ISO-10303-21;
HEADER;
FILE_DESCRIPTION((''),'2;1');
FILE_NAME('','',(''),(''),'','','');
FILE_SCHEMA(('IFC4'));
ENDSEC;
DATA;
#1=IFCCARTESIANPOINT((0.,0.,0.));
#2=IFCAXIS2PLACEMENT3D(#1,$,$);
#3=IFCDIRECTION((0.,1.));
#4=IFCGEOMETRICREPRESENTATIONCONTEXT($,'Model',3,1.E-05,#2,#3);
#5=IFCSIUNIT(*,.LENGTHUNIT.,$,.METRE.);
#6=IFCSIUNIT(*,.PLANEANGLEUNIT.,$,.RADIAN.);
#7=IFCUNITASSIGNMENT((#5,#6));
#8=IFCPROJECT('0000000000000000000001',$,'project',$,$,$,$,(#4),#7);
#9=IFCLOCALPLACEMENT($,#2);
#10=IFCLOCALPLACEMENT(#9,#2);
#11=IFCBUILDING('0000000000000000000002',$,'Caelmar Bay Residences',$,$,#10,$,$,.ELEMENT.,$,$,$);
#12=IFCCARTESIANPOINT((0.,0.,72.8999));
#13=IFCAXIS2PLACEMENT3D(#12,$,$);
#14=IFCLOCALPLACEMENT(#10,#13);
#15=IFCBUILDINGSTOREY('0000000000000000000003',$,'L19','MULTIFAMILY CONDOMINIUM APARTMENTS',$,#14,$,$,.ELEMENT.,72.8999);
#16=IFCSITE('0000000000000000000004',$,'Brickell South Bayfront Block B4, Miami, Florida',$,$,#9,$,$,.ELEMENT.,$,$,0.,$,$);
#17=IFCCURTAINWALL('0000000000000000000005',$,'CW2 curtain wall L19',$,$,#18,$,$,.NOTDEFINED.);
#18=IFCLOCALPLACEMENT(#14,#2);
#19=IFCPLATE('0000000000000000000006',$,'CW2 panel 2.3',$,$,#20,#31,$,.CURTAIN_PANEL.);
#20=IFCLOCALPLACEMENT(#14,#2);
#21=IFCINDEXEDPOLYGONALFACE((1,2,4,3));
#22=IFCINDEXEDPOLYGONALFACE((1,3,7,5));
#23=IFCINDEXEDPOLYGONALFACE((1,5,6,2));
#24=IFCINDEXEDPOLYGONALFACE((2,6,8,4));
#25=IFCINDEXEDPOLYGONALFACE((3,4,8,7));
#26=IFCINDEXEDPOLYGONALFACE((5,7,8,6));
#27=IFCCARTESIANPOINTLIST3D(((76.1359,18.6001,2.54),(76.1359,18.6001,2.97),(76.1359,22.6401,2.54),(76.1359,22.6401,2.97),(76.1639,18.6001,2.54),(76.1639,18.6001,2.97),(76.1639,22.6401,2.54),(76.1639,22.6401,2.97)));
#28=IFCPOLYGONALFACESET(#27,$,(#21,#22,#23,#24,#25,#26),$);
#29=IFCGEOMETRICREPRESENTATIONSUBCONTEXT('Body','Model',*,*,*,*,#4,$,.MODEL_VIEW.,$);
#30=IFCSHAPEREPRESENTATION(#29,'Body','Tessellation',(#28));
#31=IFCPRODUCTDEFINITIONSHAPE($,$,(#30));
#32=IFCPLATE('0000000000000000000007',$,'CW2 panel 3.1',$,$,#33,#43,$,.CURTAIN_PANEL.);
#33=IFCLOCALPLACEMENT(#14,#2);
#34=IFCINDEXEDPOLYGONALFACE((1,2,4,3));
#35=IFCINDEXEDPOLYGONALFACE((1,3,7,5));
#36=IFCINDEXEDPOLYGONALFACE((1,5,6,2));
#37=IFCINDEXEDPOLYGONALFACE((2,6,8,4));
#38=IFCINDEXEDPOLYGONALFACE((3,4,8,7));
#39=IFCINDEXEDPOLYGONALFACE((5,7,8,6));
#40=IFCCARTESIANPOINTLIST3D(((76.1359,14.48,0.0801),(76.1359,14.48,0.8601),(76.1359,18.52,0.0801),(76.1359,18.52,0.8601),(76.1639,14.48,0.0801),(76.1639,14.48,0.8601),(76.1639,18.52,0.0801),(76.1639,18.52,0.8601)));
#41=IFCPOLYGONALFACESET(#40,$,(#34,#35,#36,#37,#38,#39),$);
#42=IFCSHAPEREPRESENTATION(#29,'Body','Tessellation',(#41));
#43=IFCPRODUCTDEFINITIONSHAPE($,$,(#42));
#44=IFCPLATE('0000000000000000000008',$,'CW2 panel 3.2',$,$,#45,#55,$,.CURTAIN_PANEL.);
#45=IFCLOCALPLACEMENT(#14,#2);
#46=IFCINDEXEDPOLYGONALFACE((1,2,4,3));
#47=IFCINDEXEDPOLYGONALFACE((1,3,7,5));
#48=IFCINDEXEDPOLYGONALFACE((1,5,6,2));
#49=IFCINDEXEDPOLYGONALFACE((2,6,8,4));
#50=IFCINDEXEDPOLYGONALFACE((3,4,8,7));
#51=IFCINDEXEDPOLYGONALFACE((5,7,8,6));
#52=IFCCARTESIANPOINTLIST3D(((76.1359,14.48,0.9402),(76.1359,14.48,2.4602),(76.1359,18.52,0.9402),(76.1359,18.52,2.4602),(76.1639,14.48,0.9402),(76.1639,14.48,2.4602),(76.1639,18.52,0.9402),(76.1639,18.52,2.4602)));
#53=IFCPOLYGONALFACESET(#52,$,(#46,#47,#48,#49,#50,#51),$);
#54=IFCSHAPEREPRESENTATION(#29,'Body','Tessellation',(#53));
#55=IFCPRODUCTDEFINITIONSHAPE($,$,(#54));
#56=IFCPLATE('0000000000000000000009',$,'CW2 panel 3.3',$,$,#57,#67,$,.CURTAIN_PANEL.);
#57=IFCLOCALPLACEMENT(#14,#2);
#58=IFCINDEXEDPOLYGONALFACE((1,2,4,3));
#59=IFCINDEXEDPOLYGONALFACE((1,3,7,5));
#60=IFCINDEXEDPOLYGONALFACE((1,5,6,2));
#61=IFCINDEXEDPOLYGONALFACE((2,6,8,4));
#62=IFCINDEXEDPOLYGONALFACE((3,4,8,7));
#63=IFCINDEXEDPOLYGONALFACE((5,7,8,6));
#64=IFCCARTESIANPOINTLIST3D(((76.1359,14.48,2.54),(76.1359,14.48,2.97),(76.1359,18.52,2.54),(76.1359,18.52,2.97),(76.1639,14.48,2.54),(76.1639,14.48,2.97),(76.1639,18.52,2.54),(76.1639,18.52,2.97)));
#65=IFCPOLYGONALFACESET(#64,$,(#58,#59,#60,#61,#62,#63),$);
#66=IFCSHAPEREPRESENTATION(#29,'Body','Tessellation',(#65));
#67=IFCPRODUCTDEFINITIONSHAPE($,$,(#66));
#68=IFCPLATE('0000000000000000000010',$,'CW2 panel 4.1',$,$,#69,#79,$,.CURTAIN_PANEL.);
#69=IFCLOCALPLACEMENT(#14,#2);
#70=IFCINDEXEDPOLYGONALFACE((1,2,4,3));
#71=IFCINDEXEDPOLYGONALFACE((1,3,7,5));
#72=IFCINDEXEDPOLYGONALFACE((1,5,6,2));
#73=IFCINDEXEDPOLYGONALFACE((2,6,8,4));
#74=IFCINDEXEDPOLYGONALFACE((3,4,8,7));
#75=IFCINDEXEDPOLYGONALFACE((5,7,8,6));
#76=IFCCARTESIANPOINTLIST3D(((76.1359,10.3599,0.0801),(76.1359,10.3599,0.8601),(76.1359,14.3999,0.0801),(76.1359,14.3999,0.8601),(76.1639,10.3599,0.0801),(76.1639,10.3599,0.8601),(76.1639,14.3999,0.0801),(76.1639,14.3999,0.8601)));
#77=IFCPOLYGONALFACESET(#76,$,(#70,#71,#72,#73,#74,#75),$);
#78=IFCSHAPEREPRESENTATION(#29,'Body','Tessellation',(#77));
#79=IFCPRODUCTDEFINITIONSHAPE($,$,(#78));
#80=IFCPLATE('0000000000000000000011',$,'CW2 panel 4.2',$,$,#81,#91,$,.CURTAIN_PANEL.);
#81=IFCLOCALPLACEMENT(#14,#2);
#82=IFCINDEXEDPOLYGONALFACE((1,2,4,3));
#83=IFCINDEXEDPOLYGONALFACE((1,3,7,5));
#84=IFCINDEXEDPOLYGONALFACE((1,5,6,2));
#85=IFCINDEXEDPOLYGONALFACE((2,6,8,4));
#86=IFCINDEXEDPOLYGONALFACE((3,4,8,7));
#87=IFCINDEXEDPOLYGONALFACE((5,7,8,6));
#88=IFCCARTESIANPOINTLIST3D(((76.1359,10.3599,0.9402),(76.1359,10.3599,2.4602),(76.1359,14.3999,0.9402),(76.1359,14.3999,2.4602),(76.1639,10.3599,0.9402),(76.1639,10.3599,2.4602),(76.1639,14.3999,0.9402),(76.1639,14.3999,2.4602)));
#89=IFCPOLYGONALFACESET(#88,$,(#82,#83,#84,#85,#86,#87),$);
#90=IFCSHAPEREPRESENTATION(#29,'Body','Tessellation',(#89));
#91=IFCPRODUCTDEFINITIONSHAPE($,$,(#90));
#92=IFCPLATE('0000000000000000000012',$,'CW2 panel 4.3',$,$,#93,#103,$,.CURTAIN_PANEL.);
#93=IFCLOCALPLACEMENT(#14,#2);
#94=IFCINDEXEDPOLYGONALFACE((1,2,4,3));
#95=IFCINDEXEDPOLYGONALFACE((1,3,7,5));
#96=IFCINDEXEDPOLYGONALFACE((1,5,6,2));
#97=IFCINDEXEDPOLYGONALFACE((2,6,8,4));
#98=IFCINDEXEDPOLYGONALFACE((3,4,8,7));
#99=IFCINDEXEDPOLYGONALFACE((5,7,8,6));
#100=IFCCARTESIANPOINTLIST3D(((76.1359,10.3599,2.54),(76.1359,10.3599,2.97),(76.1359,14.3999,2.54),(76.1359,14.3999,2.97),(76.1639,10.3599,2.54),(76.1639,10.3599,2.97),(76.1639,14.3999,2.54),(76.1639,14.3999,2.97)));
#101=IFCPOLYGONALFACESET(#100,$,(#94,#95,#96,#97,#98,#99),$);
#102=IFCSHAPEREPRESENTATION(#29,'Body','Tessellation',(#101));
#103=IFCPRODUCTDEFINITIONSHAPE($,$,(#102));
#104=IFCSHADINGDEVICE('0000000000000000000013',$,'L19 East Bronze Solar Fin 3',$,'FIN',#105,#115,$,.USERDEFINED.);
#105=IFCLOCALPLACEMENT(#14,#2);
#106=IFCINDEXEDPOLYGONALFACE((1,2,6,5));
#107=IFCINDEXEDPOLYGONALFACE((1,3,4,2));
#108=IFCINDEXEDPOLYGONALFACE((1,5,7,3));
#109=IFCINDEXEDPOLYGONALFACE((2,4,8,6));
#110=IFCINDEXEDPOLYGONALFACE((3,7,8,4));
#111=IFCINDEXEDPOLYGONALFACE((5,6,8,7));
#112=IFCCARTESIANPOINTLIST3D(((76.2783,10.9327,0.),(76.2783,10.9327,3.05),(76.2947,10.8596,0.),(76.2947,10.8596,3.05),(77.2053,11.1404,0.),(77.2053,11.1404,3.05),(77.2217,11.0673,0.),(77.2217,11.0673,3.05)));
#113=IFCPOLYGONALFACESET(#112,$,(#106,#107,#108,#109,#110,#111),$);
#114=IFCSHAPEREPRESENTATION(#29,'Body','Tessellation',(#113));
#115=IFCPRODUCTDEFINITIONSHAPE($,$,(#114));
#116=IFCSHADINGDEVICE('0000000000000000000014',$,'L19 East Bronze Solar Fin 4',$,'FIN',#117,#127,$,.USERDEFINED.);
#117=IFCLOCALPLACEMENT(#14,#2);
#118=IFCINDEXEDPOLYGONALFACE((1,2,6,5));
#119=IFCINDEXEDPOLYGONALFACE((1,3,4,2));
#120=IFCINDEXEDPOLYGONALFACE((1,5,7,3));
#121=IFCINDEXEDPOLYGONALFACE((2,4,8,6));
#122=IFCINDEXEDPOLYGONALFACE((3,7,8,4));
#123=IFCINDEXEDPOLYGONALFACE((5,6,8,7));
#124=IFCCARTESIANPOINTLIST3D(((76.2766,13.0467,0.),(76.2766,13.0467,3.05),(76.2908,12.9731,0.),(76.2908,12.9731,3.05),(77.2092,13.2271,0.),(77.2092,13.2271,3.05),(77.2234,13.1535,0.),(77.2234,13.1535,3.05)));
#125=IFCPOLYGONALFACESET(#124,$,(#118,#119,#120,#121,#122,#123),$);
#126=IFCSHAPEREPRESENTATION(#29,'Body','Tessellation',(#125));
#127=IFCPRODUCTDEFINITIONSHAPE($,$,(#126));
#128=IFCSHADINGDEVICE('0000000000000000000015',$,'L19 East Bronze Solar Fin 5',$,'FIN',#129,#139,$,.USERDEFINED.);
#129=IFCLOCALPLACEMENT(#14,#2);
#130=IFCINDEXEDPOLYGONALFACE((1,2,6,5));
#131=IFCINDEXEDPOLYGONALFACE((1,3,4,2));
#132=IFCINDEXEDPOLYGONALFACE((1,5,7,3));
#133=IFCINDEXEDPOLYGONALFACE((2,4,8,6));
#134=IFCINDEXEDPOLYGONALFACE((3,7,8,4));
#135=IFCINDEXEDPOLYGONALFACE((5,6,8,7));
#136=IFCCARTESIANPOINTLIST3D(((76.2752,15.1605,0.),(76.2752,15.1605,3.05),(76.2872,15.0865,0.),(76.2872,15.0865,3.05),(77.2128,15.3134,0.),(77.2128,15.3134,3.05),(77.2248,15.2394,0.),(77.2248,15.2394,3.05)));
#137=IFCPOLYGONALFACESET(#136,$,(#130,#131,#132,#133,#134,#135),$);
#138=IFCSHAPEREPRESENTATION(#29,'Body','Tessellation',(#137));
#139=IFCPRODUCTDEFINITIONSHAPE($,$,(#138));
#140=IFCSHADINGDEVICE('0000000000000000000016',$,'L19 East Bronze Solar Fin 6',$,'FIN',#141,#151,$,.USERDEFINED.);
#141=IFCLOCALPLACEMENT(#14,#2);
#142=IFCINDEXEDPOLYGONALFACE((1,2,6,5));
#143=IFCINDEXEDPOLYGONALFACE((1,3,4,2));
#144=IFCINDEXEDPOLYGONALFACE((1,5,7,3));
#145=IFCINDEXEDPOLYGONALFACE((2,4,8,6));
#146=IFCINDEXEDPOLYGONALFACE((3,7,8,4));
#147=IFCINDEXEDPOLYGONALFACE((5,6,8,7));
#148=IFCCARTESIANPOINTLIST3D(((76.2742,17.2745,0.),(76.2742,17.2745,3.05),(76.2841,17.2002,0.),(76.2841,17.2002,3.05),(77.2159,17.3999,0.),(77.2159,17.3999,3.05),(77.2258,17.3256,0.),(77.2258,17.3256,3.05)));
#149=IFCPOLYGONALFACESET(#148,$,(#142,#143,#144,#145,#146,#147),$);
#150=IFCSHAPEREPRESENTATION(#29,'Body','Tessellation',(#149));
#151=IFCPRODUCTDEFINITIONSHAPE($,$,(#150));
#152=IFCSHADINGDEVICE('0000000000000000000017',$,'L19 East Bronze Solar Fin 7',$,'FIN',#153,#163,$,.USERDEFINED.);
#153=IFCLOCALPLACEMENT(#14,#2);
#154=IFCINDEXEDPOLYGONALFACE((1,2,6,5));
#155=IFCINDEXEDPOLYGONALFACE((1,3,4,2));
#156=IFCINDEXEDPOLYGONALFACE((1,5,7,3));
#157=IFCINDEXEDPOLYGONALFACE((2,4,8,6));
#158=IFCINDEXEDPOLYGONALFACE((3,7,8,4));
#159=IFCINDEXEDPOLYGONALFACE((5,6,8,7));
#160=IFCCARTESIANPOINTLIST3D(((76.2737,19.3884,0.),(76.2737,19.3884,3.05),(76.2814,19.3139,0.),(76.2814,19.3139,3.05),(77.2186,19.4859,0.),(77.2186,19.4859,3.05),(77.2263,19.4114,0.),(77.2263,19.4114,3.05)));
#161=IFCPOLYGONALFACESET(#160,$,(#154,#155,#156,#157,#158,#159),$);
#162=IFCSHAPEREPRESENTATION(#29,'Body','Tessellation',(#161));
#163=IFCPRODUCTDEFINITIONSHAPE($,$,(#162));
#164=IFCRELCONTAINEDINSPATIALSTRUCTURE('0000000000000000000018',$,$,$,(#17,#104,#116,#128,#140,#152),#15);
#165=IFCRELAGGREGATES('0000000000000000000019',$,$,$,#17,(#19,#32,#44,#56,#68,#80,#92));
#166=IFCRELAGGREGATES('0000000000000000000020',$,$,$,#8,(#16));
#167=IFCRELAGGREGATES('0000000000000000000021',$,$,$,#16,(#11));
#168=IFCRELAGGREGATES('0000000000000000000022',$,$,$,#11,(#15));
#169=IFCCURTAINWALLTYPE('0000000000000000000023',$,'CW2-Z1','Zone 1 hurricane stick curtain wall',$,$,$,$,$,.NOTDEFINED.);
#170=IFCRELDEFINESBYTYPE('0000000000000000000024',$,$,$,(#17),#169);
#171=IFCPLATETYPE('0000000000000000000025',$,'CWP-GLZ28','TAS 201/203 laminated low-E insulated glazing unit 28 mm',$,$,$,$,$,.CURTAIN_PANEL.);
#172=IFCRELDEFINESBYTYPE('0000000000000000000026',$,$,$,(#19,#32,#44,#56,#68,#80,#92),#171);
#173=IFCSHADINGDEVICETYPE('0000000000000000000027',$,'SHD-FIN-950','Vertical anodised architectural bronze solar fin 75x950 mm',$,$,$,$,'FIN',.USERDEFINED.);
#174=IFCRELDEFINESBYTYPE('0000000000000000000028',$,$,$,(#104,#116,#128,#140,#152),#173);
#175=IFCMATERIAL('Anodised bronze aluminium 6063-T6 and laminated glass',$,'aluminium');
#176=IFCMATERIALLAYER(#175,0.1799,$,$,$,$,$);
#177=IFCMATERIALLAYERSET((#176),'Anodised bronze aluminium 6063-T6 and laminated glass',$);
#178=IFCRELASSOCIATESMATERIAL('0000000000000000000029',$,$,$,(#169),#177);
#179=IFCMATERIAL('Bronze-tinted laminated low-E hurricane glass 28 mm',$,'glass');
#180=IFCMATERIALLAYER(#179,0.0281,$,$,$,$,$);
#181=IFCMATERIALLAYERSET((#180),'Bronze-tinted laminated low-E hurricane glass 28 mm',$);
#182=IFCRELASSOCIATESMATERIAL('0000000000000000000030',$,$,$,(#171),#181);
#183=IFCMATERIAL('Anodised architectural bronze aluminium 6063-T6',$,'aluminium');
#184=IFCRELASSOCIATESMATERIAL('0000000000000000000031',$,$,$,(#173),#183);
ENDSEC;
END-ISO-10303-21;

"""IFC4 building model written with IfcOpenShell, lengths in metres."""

from ifc_helpers import new_model, si_unit, direction, frame, origin, origin_2d, place, context, subcontext, project, spatial, rectangle, extrude, material, layer, layer_set, material_profile, profile_set, type_object, element, aggregate, save


model = new_model("IFC4")

# Units and contexts
model_context = context("Model", 3, precision=1e-05, world=origin(), true_north=direction((0.0, 1.0)))
body_context = subcontext(model_context, "Body", "Model", "MODEL_VIEW")
ifc_project = project(units=[si_unit("LENGTHUNIT", "METRE"), si_unit("PLANEANGLEUNIT", "RADIAN")], contexts=[model_context])

# Site, building, storey
site_placement = place(None, origin())
site = spatial("IfcSite", under=ifc_project, at=site_placement, Name="Brickell South Bayfront Block B4, Miami, Florida", CompositionType="ELEMENT", RefElevation=0.0)
building_placement = place(site_placement, origin())
building = spatial("IfcBuilding", under=site, at=building_placement, Name="Caelmar Bay Residences", CompositionType="ELEMENT")
storey_placement = place(building_placement, frame((0.0, 0.0, 72.8999)))
storey = spatial("IfcBuildingStorey", under=building, at=storey_placement, Name="L19", Description="MULTIFAMILY CONDOMINIUM APARTMENTS", CompositionType="ELEMENT", Elevation=72.8999)

# Curtain wall, plates
ifc_material_1 = material(Name="Anodised bronze aluminium 6063-T6 and laminated glass", Category="aluminium")
ifc_layer_1 = layer(ifc_material_1, 0.1799)
ifc_layer_set_1 = layer_set([ifc_layer_1], Name="Anodised bronze aluminium 6063-T6 and laminated glass")
curtain_wall_type = type_object("IfcCurtainWallType", Name="CW2-Z1", Description="Zone 1 hurricane stick curtain wall", PredefinedType="NOTDEFINED", material=ifc_layer_set_1)
curtain_wall_placement = place(storey_placement, origin())
curtain_wall = element("IfcCurtainWall", 1, at=curtain_wall_placement, inside=storey, type_object=curtain_wall_type, Name="CW2 curtain wall L19", PredefinedType="NOTDEFINED")
ifc_material_2 = material(Name="Bronze-tinted laminated low-E hurricane glass 28 mm", Category="glass")
ifc_layer_2 = layer(ifc_material_2, 0.0281)
ifc_layer_set_2 = layer_set([ifc_layer_2], Name="Bronze-tinted laminated low-E hurricane glass 28 mm")
plate_type = type_object("IfcPlateType", Name="CWP-GLZ28", Description="TAS 201/203 laminated low-E insulated glazing unit 28 mm", PredefinedType="CURTAIN_PANEL", material=ifc_layer_set_2)
plate_1_placement = place(storey_placement, frame((76.1499, 20.6201, 2.54), z_axis=(0.0, 0.0, 1.0), x_axis=(0.0, -1.0, 0.0)))
plate_1 = element("IfcPlate", 2, at=plate_1_placement, type_object=plate_type, Name="CW2 panel 2.3", PredefinedType="CURTAIN_PANEL", context=body_context, shape_type="SweptSolid", body=[
    extrude(rectangle(XDim=4.04, YDim=0.0281, at=origin_2d()), origin(), (0.0, 0.0, 1.0), 0.4299),
])
plate_2_placement = place(storey_placement, frame((76.1499, 16.5, 0.0801), z_axis=(0.0, 0.0, 1.0), x_axis=(0.0, -1.0, 0.0)))
plate_2 = element("IfcPlate", 3, at=plate_2_placement, type_object=plate_type, Name="CW2 panel 3.1", PredefinedType="CURTAIN_PANEL", context=body_context, shape_type="SweptSolid", body=[
    extrude(rectangle(XDim=4.04, YDim=0.0281, at=origin_2d()), origin(), (0.0, 0.0, 1.0), 0.78),
])
plate_3_placement = place(storey_placement, frame((76.1499, 16.5, 0.9402), z_axis=(0.0, 0.0, 1.0), x_axis=(0.0, -1.0, 0.0)))
plate_3 = element("IfcPlate", 4, at=plate_3_placement, type_object=plate_type, Name="CW2 panel 3.2", PredefinedType="CURTAIN_PANEL", context=body_context, shape_type="SweptSolid", body=[
    extrude(rectangle(XDim=4.04, YDim=0.0281, at=origin_2d()), origin(), (0.0, 0.0, 1.0), 1.52),
])
plate_4_placement = place(storey_placement, frame((76.1499, 16.5, 2.54), z_axis=(0.0, 0.0, 1.0), x_axis=(0.0, -1.0, 0.0)))
plate_4 = element("IfcPlate", 5, at=plate_4_placement, type_object=plate_type, Name="CW2 panel 3.3", PredefinedType="CURTAIN_PANEL", context=body_context, shape_type="SweptSolid", body=[
    extrude(rectangle(XDim=4.04, YDim=0.0281, at=origin_2d()), origin(), (0.0, 0.0, 1.0), 0.4299),
])
plate_5_placement = place(storey_placement, frame((76.1499, 12.3799, 0.0801), z_axis=(0.0, 0.0, 1.0), x_axis=(0.0, -1.0, 0.0)))
plate_5 = element("IfcPlate", 6, at=plate_5_placement, type_object=plate_type, Name="CW2 panel 4.1", PredefinedType="CURTAIN_PANEL", context=body_context, shape_type="SweptSolid", body=[
    extrude(rectangle(XDim=4.04, YDim=0.0281, at=origin_2d()), origin(), (0.0, 0.0, 1.0), 0.78),
])
plate_6_placement = place(storey_placement, frame((76.1499, 12.3799, 0.9402), z_axis=(0.0, 0.0, 1.0), x_axis=(0.0, -1.0, 0.0)))
plate_6 = element("IfcPlate", 7, at=plate_6_placement, type_object=plate_type, Name="CW2 panel 4.2", PredefinedType="CURTAIN_PANEL", context=body_context, shape_type="SweptSolid", body=[
    extrude(rectangle(XDim=4.04, YDim=0.0281, at=origin_2d()), origin(), (0.0, 0.0, 1.0), 1.52),
])
plate_7_placement = place(storey_placement, frame((76.1499, 12.3799, 2.54), z_axis=(0.0, 0.0, 1.0), x_axis=(0.0, -1.0, 0.0)))
plate_7 = element("IfcPlate", 8, at=plate_7_placement, type_object=plate_type, Name="CW2 panel 4.3", PredefinedType="CURTAIN_PANEL", context=body_context, shape_type="SweptSolid", body=[
    extrude(rectangle(XDim=4.04, YDim=0.0281, at=origin_2d()), origin(), (0.0, 0.0, 1.0), 0.4299),
])
aggregate(curtain_wall, [plate_1, plate_2, plate_3, plate_4, plate_5, plate_6, plate_7])

# Shading devices
ifc_material_3 = material(Name="Anodised architectural bronze aluminium 6063-T6", Category="aluminium")
ifc_material_profile_1 = material_profile(ifc_material_3, rectangle(XDim=0.075, YDim=0.95, at=origin_2d()), Name="BRONZE-FIN-75X950")
ifc_profile_set_1 = profile_set([ifc_material_profile_1], Name="Anodised architectural bronze aluminium 6063-T6")
shading_device_type = type_object("IfcShadingDeviceType", Name="SHD-FIN-950", Description="Vertical anodised architectural bronze solar fin 75x950 mm", ElementType="FIN", PredefinedType="USERDEFINED", material=ifc_profile_set_1)
for number, where, z_axis, x_axis, name in (
    (9, (76.75, 11.0, 0.0), (0.0, 0.0, 1.0), (-0.218654, 0.975802, 0.0), "L19 East Bronze Solar Fin 3"),
    (10, (76.75, 13.1001, 0.0), (0.0, 0.0, 1.0), (-0.189952, 0.981793, 0.0), "L19 East Bronze Solar Fin 4"),
    (11, (76.75, 15.2, 0.0), (0.0, 0.0, 1.0), (-0.160915, 0.986968, 0.0), "L19 East Bronze Solar Fin 5"),
    (12, (76.75, 17.3, 0.0), (0.0, 0.0, 1.0), (-0.13191, 0.991262, 0.0), "L19 East Bronze Solar Fin 6"),
    (13, (76.75, 19.3999, 0.0), (0.0, 0.0, 1.0), (-0.102619, 0.994721, 0.0), "L19 East Bronze Solar Fin 7"),
):
    element("IfcShadingDevice", number, at=place(storey_placement, frame(where, z_axis=z_axis, x_axis=x_axis)), inside=storey, type_object=shading_device_type, Name=name, ObjectType="FIN", PredefinedType="USERDEFINED", context=body_context, shape_type="SweptSolid", body=[
        extrude(rectangle(XDim=0.075, YDim=0.95, at=origin_2d()), origin(), (0.0, 0.0, 1.0), 3.05),
    ])

save(model, "model.ifc")
